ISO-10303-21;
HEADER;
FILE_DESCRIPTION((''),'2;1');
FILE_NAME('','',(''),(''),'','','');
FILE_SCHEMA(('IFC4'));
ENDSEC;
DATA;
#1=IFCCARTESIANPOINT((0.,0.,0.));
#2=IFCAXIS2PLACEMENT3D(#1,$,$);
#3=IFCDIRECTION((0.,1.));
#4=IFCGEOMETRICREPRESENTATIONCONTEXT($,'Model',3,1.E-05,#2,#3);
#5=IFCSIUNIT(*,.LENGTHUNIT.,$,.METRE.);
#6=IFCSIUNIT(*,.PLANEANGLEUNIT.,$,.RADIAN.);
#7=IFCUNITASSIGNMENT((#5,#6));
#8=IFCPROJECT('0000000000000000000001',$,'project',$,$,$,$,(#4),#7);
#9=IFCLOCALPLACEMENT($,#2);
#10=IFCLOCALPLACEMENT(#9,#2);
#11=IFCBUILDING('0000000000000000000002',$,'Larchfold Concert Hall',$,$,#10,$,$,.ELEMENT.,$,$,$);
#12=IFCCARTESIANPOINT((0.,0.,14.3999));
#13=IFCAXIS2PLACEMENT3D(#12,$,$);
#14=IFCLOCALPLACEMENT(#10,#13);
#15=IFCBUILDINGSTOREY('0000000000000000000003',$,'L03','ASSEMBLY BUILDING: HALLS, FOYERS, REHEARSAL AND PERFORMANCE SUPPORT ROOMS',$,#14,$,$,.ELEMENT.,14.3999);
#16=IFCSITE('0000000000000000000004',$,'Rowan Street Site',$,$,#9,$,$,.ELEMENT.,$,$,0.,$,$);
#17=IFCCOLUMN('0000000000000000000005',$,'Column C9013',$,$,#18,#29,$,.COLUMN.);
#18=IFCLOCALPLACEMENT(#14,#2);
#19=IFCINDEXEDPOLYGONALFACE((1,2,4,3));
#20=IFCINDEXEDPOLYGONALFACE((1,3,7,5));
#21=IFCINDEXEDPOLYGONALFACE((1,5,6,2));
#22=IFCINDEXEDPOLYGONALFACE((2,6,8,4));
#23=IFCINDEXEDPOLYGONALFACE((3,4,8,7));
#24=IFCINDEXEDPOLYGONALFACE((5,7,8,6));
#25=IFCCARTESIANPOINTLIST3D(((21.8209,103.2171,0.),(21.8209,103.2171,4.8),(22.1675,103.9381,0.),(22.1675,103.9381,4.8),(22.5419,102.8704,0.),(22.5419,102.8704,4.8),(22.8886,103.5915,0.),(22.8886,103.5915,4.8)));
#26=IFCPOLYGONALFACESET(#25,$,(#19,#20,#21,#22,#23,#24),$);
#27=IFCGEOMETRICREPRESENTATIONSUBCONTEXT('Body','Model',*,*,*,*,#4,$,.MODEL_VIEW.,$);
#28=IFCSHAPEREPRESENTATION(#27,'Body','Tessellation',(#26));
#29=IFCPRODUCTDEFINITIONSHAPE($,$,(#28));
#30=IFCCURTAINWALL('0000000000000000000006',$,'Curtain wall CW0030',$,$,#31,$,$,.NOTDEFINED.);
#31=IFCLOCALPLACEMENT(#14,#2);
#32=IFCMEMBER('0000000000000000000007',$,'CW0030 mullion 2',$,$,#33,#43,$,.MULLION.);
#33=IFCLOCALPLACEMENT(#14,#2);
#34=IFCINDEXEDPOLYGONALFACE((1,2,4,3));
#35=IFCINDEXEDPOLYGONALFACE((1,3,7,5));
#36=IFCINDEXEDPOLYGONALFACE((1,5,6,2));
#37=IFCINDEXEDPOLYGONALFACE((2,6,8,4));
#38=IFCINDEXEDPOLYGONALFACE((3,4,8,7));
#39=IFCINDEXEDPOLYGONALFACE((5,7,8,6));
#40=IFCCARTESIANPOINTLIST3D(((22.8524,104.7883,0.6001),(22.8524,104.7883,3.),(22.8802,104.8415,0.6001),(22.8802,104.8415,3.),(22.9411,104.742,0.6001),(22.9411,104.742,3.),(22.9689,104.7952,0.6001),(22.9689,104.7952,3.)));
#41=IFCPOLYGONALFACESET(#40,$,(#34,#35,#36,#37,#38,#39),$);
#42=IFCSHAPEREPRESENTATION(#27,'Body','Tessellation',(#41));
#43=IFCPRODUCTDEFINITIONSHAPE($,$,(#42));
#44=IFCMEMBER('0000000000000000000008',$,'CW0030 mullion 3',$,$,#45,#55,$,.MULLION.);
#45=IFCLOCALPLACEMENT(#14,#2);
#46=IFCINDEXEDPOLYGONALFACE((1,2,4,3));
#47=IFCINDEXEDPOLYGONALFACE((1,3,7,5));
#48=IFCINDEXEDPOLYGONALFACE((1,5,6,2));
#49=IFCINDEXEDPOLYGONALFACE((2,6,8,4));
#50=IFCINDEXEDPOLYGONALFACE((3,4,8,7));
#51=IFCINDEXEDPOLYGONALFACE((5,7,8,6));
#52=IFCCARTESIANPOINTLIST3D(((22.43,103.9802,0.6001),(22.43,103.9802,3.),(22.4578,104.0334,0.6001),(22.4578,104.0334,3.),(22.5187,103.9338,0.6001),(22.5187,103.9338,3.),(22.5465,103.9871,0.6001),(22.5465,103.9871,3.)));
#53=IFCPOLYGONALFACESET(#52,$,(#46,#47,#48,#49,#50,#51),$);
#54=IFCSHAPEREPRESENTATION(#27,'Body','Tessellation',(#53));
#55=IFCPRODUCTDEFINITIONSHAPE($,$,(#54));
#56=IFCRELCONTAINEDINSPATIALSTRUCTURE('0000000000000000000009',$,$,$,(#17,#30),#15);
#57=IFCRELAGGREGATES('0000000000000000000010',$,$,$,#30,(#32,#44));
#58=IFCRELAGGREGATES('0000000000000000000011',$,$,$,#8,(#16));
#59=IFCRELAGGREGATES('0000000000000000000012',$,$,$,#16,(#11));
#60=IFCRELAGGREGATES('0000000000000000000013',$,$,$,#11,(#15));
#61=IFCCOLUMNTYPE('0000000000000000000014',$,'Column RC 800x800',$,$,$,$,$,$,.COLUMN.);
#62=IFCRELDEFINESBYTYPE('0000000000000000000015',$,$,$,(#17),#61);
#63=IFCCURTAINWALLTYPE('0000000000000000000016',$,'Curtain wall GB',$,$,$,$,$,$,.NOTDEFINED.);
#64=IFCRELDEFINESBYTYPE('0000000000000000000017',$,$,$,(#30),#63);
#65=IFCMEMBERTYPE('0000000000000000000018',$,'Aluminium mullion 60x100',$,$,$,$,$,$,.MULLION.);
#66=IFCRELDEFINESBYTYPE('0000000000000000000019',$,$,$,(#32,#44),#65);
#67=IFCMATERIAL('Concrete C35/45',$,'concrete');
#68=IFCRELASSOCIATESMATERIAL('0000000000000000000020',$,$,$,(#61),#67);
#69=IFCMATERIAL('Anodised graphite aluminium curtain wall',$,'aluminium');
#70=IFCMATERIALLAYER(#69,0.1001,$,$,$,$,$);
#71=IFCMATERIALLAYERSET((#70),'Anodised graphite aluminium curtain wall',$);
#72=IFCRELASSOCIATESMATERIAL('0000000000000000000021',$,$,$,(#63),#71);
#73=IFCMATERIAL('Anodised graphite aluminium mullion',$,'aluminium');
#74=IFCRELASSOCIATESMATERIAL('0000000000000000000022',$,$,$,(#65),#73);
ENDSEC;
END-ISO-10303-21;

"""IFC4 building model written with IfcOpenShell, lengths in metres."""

from ifc_helpers import new_model, si_unit, direction, frame, origin, origin_2d, place, context, subcontext, project, spatial, rectangle, extrude, material, layer, layer_set, material_profile, profile_set, type_object, element, aggregate, save


model = new_model("IFC4")

# Units and contexts
model_context = context("Model", 3, precision=1e-05, world=origin(), true_north=direction((0.0, 1.0)))
body_context = subcontext(model_context, "Body", "Model", "MODEL_VIEW")
ifc_project = project(units=[si_unit("LENGTHUNIT", "METRE"), si_unit("PLANEANGLEUNIT", "RADIAN")], contexts=[model_context])

# Site, building, storey
site_placement = place(None, origin())
site = spatial("IfcSite", under=ifc_project, at=site_placement, Name="Rowan Street Site", CompositionType="ELEMENT", RefElevation=0.0)
building_placement = place(site_placement, origin())
building = spatial("IfcBuilding", under=site, at=building_placement, Name="Larchfold Concert Hall", CompositionType="ELEMENT")
storey_placement = place(building_placement, frame((0.0, 0.0, 14.3999)))
storey = spatial("IfcBuildingStorey", under=building, at=storey_placement, Name="L03", Description="ASSEMBLY BUILDING: HALLS, FOYERS, REHEARSAL AND PERFORMANCE SUPPORT ROOMS", CompositionType="ELEMENT", Elevation=14.3999)

# Column
ifc_material_1 = material(Name="Concrete C35/45", Category="concrete")
ifc_material_profile_1 = material_profile(ifc_material_1, rectangle(XDim=0.8, YDim=0.8, at=origin_2d()))
ifc_profile_set_1 = profile_set([ifc_material_profile_1], Name="Concrete C35/45")
column_type = type_object("IfcColumnType", Name="Column RC 800x800", PredefinedType="COLUMN", material=ifc_profile_set_1)
column_placement = place(storey_placement, frame((22.3547, 103.4043, 0.0), z_axis=(0.0, 0.0, 1.0), x_axis=(0.433276, 0.901261, 0.0)))
element("IfcColumn", 1, at=column_placement, inside=storey, type_object=column_type, Name="Column C9013", PredefinedType="COLUMN", context=body_context, shape_type="SweptSolid", body=[
    extrude(rectangle(XDim=0.8, YDim=0.8, at=origin_2d()), origin(), (0.0, 0.0, 1.0), 4.8),
])

# Curtain wall, members
ifc_material_2 = material(Name="Anodised graphite aluminium curtain wall", Category="aluminium")
ifc_layer_1 = layer(ifc_material_2, 0.1001)
ifc_layer_set_1 = layer_set([ifc_layer_1], Name="Anodised graphite aluminium curtain wall")
curtain_wall_type = type_object("IfcCurtainWallType", Name="Curtain wall GB", PredefinedType="NOTDEFINED", material=ifc_layer_set_1)
curtain_wall_1_placement = place(storey_placement, origin())
curtain_wall_1 = element("IfcCurtainWall", 2, at=curtain_wall_1_placement, inside=storey, type_object=curtain_wall_type, Name="Curtain wall CW0030", PredefinedType="NOTDEFINED")
ifc_material_3 = material(Name="Anodised graphite aluminium mullion", Category="aluminium")
ifc_material_profile_2 = material_profile(ifc_material_3, rectangle(XDim=0.1001, YDim=0.0601, at=origin_2d()))
ifc_profile_set_2 = profile_set([ifc_material_profile_2], Name="Anodised graphite aluminium mullion")
member_type_1 = type_object("IfcMemberType", Name="Aluminium mullion 60x100", PredefinedType="MULLION", material=ifc_profile_set_2)
member_1_placement = place(storey_placement, frame((22.9106, 104.7917, 0.6001), z_axis=(0.0, 0.0, 1.0), x_axis=(0.886273, -0.463164, 0.0)))
member_1 = element("IfcMember", 3, at=member_1_placement, type_object=member_type_1, Name="CW0030 mullion 2", PredefinedType="MULLION", context=body_context, shape_type="SweptSolid", body=[
    extrude(rectangle(XDim=0.1001, YDim=0.0601, at=origin_2d()), origin(), (0.0, 0.0, 1.0), 2.3999),
])
member_2_placement = place(storey_placement, frame((22.4883, 103.9836, 0.6001), z_axis=(0.0, 0.0, 1.0), x_axis=(0.886273, -0.463164, 0.0)))
member_2 = element("IfcMember", 4, at=member_2_placement, type_object=member_type_1, Name="CW0030 mullion 3", PredefinedType="MULLION", context=body_context, shape_type="SweptSolid", body=[
    extrude(rectangle(XDim=0.1001, YDim=0.0601, at=origin_2d()), origin(), (0.0, 0.0, 1.0), 2.3999),
])

aggregate(curtain_wall_1, [member_1, member_2])

save(model, "model.ifc")
